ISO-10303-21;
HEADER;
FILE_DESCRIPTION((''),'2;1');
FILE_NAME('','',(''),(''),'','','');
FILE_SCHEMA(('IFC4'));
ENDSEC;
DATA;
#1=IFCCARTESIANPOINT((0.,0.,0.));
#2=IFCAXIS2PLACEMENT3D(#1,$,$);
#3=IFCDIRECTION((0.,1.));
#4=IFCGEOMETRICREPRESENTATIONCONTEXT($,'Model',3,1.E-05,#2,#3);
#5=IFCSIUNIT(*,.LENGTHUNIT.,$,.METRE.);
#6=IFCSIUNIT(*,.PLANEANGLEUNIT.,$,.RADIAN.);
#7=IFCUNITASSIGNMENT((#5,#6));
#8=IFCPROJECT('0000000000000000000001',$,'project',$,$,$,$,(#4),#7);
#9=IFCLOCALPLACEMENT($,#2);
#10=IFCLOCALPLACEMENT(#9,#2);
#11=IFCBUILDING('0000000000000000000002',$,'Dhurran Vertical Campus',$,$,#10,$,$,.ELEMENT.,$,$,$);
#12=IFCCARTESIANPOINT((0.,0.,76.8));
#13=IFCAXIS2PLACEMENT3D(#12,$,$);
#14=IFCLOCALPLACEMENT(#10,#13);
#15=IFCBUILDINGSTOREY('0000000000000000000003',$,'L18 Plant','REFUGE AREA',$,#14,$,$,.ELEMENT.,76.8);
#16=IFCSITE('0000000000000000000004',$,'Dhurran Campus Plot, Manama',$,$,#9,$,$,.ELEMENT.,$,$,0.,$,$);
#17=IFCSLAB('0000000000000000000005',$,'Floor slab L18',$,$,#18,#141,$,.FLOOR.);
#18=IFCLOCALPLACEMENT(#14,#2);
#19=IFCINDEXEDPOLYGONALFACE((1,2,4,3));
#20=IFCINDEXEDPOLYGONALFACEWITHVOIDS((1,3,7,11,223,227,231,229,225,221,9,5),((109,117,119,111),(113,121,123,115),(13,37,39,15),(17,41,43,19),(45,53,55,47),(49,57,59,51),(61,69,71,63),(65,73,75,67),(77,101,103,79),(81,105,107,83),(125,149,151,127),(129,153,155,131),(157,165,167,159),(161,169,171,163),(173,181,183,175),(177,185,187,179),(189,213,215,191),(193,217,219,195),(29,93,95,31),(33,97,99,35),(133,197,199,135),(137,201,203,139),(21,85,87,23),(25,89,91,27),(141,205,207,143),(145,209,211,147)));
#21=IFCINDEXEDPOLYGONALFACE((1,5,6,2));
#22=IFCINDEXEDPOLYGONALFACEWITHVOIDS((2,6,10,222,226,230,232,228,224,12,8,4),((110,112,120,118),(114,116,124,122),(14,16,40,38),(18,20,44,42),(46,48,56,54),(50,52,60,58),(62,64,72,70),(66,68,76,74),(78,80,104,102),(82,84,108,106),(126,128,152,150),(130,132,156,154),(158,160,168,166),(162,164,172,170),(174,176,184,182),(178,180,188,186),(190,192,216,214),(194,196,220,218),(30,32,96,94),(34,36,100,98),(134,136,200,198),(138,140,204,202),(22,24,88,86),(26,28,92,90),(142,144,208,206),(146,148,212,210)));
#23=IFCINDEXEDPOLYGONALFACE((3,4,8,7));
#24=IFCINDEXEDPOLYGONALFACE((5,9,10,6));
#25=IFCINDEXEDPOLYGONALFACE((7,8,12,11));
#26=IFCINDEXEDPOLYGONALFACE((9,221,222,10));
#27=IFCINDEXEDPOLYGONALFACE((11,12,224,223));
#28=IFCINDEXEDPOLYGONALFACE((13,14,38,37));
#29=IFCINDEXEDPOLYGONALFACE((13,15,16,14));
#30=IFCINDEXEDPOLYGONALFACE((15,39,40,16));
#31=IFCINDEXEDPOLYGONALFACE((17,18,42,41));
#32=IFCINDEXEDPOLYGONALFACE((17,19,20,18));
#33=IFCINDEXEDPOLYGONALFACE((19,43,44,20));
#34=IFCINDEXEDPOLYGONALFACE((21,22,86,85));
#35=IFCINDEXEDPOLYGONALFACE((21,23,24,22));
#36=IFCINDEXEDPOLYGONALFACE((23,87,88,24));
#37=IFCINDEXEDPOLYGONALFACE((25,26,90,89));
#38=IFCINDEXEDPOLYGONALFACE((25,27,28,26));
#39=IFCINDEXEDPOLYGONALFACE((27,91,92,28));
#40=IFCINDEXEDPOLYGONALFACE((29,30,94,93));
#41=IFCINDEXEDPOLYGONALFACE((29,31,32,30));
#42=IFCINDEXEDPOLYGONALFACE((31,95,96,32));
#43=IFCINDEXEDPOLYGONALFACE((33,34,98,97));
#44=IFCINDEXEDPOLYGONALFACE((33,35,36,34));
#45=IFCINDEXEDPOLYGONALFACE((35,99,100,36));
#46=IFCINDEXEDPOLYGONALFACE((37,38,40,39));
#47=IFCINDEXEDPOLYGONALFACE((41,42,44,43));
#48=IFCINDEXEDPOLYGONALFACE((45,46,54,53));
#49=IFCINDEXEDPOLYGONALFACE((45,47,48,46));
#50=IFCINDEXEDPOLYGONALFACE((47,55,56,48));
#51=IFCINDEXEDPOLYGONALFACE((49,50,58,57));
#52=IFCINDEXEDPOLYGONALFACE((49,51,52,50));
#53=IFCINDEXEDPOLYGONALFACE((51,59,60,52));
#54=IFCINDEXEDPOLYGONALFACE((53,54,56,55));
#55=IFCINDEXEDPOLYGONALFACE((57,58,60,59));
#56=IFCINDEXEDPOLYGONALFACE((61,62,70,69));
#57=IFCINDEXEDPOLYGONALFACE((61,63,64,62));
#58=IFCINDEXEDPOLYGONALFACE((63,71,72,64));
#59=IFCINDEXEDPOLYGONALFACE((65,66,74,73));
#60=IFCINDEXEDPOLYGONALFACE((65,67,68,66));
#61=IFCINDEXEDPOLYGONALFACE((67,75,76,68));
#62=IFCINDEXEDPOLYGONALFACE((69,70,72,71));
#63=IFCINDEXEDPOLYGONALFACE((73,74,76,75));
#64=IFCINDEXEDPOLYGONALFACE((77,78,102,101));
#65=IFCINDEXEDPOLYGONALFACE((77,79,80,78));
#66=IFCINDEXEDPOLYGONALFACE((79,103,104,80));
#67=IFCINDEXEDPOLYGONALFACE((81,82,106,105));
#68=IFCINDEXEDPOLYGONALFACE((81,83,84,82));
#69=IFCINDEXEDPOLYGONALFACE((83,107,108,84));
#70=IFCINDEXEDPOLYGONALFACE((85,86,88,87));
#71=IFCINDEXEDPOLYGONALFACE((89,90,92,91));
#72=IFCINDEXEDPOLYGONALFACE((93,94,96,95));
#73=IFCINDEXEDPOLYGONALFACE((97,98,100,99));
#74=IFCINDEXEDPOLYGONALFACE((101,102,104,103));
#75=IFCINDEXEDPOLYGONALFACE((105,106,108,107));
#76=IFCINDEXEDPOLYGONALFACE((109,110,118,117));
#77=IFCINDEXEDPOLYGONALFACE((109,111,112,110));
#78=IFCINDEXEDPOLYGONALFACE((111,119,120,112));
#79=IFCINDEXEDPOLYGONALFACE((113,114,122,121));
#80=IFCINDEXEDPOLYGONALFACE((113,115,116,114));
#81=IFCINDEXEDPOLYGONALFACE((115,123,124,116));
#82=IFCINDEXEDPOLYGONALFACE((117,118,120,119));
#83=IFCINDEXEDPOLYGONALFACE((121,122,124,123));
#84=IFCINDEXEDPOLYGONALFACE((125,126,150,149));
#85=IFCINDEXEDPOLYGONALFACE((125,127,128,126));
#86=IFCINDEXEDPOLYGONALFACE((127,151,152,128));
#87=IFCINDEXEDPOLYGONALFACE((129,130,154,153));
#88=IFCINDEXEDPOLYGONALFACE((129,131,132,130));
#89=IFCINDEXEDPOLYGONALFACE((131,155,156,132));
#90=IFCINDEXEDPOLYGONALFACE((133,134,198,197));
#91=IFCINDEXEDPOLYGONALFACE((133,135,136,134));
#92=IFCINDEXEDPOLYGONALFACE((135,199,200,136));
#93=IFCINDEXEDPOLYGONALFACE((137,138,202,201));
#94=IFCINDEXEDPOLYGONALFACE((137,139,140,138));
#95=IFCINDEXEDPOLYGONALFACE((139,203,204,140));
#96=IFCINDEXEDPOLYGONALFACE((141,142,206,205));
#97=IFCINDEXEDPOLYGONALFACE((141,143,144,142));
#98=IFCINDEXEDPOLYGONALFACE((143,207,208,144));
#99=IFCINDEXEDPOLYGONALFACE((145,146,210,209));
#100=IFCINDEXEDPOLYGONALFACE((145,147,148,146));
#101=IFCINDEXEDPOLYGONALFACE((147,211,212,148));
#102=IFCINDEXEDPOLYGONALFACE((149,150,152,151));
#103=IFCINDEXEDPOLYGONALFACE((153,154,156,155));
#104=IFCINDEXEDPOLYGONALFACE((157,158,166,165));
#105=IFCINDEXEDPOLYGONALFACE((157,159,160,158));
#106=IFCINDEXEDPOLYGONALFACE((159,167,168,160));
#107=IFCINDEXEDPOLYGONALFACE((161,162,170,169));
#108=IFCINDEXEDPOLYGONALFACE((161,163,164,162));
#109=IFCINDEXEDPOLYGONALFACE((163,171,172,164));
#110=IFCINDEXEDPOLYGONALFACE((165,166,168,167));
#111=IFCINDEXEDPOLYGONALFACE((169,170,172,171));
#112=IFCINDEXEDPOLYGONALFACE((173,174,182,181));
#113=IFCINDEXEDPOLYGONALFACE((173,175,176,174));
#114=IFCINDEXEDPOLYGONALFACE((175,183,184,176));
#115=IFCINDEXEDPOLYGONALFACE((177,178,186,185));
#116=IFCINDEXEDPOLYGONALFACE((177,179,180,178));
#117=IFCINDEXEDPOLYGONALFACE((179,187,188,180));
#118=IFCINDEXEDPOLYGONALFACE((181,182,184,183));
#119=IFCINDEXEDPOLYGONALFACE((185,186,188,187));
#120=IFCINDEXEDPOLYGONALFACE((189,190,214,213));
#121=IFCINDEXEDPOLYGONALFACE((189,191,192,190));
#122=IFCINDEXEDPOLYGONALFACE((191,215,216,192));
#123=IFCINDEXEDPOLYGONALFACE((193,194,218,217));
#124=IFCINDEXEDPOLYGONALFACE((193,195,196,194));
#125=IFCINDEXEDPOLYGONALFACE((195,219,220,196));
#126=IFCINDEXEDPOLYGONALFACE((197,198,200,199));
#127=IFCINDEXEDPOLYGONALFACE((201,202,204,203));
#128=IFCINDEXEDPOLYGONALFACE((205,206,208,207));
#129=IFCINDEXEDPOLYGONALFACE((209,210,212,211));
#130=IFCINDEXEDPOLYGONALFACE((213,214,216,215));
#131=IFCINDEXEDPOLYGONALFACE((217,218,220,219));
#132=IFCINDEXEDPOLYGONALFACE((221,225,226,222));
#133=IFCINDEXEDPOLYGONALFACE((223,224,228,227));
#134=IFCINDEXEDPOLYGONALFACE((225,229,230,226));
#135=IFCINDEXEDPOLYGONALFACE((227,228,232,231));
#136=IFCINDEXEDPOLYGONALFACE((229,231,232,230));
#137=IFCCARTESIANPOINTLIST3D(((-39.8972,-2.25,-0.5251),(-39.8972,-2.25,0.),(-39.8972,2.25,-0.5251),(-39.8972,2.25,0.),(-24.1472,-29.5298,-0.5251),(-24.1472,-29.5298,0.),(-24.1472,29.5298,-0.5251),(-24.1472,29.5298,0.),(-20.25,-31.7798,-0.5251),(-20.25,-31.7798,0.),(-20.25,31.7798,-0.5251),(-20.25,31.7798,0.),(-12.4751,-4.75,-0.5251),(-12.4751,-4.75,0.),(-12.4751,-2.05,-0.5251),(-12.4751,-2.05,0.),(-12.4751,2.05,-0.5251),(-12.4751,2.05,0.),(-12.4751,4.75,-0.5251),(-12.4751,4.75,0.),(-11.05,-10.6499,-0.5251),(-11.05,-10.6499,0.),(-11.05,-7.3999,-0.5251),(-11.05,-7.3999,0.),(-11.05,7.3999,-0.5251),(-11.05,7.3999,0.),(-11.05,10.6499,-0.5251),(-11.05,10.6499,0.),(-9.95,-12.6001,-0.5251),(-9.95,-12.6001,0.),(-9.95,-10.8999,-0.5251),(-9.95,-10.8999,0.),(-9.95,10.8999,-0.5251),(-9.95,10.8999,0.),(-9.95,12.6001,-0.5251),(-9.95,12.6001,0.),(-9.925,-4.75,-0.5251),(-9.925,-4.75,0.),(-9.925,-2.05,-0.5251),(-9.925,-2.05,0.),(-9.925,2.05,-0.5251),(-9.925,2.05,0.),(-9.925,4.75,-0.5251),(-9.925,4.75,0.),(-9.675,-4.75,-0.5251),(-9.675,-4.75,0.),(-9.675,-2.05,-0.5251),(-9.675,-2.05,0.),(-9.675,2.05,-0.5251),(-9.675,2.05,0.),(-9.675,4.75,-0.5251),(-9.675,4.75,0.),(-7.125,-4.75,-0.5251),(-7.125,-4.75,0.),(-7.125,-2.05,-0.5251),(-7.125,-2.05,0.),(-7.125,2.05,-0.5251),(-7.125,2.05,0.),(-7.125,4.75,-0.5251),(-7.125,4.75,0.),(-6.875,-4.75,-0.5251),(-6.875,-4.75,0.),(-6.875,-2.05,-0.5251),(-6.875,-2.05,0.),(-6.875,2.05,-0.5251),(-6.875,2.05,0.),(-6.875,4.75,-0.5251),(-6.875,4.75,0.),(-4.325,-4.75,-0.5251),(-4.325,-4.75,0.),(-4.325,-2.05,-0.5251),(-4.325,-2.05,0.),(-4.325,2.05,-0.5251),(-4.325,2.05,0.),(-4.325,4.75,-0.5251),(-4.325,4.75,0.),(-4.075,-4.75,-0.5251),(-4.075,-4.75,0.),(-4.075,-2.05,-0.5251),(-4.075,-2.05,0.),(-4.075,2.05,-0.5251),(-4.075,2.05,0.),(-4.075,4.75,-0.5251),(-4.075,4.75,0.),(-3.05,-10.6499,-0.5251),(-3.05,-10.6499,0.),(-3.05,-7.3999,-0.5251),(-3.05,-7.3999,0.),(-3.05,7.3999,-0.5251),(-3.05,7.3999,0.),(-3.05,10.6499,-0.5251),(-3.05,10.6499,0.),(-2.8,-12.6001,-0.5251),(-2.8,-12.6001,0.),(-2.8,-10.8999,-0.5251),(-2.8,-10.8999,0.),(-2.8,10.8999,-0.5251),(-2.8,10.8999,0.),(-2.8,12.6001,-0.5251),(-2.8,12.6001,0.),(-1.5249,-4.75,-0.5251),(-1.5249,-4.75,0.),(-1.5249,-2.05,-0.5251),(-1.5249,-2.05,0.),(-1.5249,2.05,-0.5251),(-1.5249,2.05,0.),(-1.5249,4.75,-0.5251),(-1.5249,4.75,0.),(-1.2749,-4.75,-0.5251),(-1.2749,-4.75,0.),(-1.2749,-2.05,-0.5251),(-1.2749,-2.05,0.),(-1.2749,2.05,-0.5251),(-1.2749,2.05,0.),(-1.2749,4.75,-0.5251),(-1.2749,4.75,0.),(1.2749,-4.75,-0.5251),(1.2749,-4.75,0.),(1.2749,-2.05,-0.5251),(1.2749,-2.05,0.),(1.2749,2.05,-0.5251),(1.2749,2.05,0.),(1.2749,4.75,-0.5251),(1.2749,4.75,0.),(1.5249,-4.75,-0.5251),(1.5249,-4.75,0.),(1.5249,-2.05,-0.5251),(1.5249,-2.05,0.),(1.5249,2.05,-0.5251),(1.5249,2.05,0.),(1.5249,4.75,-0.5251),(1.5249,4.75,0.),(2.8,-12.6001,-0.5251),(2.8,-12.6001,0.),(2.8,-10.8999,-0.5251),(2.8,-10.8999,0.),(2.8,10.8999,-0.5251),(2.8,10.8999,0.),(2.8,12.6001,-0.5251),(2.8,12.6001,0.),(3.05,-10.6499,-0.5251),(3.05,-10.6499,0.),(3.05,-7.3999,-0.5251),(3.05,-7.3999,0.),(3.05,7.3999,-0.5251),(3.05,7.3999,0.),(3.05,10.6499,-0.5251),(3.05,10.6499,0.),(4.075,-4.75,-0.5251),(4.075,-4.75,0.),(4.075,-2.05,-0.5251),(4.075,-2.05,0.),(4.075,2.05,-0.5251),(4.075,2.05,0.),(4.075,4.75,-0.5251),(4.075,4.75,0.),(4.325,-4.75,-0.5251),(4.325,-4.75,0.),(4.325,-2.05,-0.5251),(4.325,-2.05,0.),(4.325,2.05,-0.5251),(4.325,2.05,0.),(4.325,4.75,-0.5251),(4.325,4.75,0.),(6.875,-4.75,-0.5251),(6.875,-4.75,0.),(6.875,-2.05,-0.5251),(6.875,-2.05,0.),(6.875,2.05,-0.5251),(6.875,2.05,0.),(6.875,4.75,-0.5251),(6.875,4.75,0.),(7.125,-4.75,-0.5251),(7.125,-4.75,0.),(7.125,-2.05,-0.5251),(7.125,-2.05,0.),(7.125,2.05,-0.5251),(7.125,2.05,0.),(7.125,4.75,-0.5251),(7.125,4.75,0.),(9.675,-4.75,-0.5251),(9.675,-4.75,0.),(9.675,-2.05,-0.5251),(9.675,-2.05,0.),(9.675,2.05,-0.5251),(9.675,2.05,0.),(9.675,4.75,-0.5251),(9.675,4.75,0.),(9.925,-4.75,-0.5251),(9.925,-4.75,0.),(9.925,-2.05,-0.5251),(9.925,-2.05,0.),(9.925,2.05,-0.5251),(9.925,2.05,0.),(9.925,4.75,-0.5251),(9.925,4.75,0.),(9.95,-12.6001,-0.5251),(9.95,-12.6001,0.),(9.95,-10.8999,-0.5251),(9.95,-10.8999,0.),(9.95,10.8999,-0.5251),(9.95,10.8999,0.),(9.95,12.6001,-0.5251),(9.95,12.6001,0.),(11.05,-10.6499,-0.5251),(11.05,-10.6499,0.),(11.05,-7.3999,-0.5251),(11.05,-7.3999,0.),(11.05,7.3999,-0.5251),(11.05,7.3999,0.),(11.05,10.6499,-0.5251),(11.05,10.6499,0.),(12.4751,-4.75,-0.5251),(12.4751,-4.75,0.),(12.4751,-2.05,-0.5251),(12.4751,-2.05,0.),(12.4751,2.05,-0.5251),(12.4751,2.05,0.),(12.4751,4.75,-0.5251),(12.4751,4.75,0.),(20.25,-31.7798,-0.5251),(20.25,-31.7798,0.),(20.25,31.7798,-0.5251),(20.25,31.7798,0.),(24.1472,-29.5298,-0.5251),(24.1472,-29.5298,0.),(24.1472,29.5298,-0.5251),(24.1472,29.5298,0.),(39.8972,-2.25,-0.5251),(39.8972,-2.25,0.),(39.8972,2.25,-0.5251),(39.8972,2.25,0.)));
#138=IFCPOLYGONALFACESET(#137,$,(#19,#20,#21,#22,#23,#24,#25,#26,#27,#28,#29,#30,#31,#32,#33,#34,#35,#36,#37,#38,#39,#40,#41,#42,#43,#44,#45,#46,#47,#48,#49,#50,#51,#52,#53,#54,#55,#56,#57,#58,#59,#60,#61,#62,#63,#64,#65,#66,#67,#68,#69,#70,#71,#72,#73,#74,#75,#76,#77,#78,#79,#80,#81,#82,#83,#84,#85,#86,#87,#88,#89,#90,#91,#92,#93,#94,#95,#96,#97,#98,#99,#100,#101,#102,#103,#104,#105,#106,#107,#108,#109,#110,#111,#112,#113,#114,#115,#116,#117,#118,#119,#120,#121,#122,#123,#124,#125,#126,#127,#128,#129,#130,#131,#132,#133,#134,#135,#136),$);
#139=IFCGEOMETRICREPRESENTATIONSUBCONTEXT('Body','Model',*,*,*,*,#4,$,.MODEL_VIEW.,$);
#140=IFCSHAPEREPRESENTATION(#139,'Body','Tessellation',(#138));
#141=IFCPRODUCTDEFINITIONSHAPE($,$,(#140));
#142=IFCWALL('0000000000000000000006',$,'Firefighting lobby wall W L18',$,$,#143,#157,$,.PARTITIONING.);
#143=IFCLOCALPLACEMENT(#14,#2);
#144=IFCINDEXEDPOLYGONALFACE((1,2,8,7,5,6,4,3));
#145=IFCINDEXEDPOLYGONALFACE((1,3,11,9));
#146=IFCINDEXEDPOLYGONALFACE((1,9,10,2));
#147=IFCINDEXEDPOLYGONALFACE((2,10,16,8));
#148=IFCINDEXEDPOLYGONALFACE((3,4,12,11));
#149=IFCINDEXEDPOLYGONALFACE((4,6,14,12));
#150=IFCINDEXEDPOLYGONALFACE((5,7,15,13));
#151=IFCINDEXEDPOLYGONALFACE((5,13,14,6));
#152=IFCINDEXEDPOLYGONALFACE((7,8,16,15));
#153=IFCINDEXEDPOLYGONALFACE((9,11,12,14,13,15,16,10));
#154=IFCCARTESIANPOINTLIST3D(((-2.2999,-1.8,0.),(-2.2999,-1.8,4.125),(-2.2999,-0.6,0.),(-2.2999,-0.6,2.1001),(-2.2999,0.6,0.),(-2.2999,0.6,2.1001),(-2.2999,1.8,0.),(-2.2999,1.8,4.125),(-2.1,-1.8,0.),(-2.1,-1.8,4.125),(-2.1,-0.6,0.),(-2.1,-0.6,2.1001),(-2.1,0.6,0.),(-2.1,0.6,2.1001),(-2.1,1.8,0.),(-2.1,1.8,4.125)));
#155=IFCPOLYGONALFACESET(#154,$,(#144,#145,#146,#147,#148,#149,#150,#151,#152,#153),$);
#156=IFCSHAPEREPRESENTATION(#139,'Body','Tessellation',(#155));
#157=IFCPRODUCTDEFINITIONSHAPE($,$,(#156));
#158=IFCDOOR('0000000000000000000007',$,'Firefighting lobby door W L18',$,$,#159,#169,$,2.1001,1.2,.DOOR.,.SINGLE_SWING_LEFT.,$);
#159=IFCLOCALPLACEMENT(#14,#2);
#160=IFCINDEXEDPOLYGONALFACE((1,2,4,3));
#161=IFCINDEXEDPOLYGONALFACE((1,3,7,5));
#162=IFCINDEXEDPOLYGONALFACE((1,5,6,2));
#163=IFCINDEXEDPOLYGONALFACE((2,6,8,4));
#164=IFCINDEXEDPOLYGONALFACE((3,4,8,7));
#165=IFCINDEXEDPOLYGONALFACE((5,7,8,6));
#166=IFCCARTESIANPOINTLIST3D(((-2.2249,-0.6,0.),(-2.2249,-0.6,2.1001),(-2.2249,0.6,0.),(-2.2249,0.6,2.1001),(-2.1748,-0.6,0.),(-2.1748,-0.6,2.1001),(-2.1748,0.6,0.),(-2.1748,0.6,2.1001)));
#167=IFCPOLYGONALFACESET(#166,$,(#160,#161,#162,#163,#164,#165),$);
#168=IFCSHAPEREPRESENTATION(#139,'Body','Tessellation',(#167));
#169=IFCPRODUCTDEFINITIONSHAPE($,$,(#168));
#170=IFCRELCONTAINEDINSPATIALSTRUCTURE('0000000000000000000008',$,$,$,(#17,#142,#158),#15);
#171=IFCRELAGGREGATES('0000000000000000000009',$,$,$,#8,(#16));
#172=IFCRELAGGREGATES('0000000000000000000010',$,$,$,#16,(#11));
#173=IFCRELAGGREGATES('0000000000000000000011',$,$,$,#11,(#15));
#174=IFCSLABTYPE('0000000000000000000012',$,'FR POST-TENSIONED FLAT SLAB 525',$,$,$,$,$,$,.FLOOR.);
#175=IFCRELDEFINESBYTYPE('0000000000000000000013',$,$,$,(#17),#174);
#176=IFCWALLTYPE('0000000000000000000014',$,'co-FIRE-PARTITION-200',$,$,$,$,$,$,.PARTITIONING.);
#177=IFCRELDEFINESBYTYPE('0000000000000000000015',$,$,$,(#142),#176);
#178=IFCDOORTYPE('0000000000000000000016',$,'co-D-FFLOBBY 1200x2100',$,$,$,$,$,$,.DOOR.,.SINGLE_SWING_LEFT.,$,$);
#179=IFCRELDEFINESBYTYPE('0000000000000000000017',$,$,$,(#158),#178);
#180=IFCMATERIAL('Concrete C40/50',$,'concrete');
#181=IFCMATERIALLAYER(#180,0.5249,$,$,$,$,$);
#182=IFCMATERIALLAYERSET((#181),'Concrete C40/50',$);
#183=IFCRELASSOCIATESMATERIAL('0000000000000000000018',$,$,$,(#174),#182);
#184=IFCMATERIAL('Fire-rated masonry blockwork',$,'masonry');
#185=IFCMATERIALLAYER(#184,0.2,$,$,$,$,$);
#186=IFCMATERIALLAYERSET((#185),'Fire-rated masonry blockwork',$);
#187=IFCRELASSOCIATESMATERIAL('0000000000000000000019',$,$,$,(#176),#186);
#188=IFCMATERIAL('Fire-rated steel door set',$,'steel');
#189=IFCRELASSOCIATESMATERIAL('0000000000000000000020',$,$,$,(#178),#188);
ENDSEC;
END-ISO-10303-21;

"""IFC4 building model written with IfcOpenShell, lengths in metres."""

from ifc_helpers import new_model, si_unit, direction, frame, frame_2d, origin, place, context, subcontext, project, spatial, polyline, rectangle, outline, extrude, material, layer, layer_set, type_object, element, fill, save


model = new_model("IFC4")

# Units and contexts
model_context = context("Model", 3, precision=1e-05, world=origin(), true_north=direction((0.0, 1.0)))
body_context = subcontext(model_context, "Body", "Model", "MODEL_VIEW")
ifc_project = project(units=[si_unit("LENGTHUNIT", "METRE"), si_unit("PLANEANGLEUNIT", "RADIAN")], contexts=[model_context])

# Site, building, storey
site_placement = place(None, origin())
site = spatial("IfcSite", under=ifc_project, at=site_placement, Name="Dhurran Campus Plot, Manama", CompositionType="ELEMENT", RefElevation=0.0)
building_placement = place(site_placement, origin())
building = spatial("IfcBuilding", under=site, at=building_placement, Name="Dhurran Vertical Campus", CompositionType="ELEMENT")
storey_placement = place(building_placement, frame((0.0, 0.0, 76.8)))
storey = spatial("IfcBuildingStorey", under=building, at=storey_placement, Name="L18 Plant", Description="REFUGE AREA", CompositionType="ELEMENT", Elevation=76.8)

# Slab
ifc_material_1 = material(Name="Concrete C40/50", Category="concrete")
ifc_layer_1 = layer(ifc_material_1, 0.5249)
ifc_layer_set_1 = layer_set([ifc_layer_1], Name="Concrete C40/50")
slab_type = type_object("IfcSlabType", Name="FR POST-TENSIONED FLAT SLAB 525", PredefinedType="FLOOR", material=ifc_layer_set_1)
slab_placement = place(storey_placement, frame((0.0, 0.0, -0.5251)))
element("IfcSlab", 1, at=slab_placement, inside=storey, type_object=slab_type, Name="Floor slab L18", PredefinedType="FLOOR", context=body_context, shape_type="SweptSolid", body=[
    extrude(outline(polyline([(-20.25, -31.7798), (20.25, -31.7798), (24.1472, -29.5298), (39.8972, -2.25), (39.8972, 2.25), (24.1472, 29.5298), (20.25, 31.7798), (-20.25, 31.7798), (-24.1472, 29.5298), (-39.8972, 2.25), (-39.8972, -2.25), (-24.1472, -29.5298), (-20.25, -31.7798)]), holes=[polyline([(-12.4751, 2.05), (-9.925, 2.05), (-9.925, 4.75), (-12.4751, 4.75), (-12.4751, 2.05)]), polyline([(-9.675, 2.05), (-7.125, 2.05), (-7.125, 4.75), (-9.675, 4.75), (-9.675, 2.05)]), polyline([(-6.875, 2.05), (-4.325, 2.05), (-4.325, 4.75), (-6.875, 4.75), (-6.875, 2.05)]), polyline([(-1.2749, 2.05), (1.2749, 2.05), (1.2749, 4.75), (-1.2749, 4.75), (-1.2749, 2.05)]), polyline([(9.925, 2.05), (12.4751, 2.05), (12.4751, 4.75), (9.925, 4.75), (9.925, 2.05)]), polyline([(-1.2749, -4.75), (1.2749, -4.75), (1.2749, -2.05), (-1.2749, -2.05), (-1.2749, -4.75)]), polyline([(1.5249, -4.75), (4.075, -4.75), (4.075, -2.05), (1.5249, -2.05), (1.5249, -4.75)]), polyline([(4.325, -4.75), (6.875, -4.75), (6.875, -2.05), (4.325, -2.05), (4.325, -4.75)]), polyline([(7.125, -4.75), (9.675, -4.75), (9.675, -2.05), (7.125, -2.05), (7.125, -4.75)]), polyline([(9.925, -4.75), (12.4751, -4.75), (12.4751, -2.05), (9.925, -2.05), (9.925, -4.75)]), polyline([(-4.075, 2.05), (-1.5249, 2.05), (-1.5249, 4.75), (-4.075, 4.75), (-4.075, 2.05)]), polyline([(1.5249, 2.05), (4.075, 2.05), (4.075, 4.75), (1.5249, 4.75), (1.5249, 2.05)]), polyline([(4.325, 2.05), (6.875, 2.05), (6.875, 4.75), (4.325, 4.75), (4.325, 2.05)]), polyline([(7.125, 2.05), (9.675, 2.05), (9.675, 4.75), (7.125, 4.75), (7.125, 2.05)]), polyline([(-12.4751, -4.75), (-9.925, -4.75), (-9.925, -2.05), (-12.4751, -2.05), (-12.4751, -4.75)]), polyline([(-9.675, -4.75), (-7.125, -4.75), (-7.125, -2.05), (-9.675, -2.05), (-9.675, -4.75)]), polyline([(-6.875, -4.75), (-4.325, -4.75), (-4.325, -2.05), (-6.875, -2.05), (-6.875, -4.75)]), polyline([(-4.075, -4.75), (-1.5249, -4.75), (-1.5249, -2.05), (-4.075, -2.05), (-4.075, -4.75)]), polyline([(-11.05, 7.3999), (-3.05, 7.3999), (-3.05, 10.6499), (-11.05, 10.6499), (-11.05, 7.3999)]), polyline([(3.05, 7.3999), (11.05, 7.3999), (11.05, 10.6499), (3.05, 10.6499), (3.05, 7.3999)]), polyline([(-11.05, -10.6499), (-3.05, -10.6499), (-3.05, -7.3999), (-11.05, -7.3999), (-11.05, -10.6499)]), polyline([(3.05, -10.6499), (11.05, -10.6499), (11.05, -7.3999), (3.05, -7.3999), (3.05, -10.6499)]), polyline([(-9.95, 10.8999), (-9.95, 12.6001), (-2.8, 12.6001), (-2.8, 10.8999), (-9.95, 10.8999)]), polyline([(9.95, 12.6001), (9.95, 10.8999), (2.8, 10.8999), (2.8, 12.6001), (9.95, 12.6001)]), polyline([(-9.95, -12.6001), (-9.95, -10.8999), (-2.8, -10.8999), (-2.8, -12.6001), (-9.95, -12.6001)]), polyline([(9.95, -10.8999), (9.95, -12.6001), (2.8, -12.6001), (2.8, -10.8999), (9.95, -10.8999)])]), origin(), (0.0, 0.0, 1.0), 0.5251),
])

# Wall, opening, door
ifc_material_2 = material(Name="Fire-rated masonry blockwork", Category="masonry")
ifc_layer_2 = layer(ifc_material_2, 0.2)
ifc_layer_set_2 = layer_set([ifc_layer_2], Name="Fire-rated masonry blockwork")
wall_type_1 = type_object("IfcWallType", Name="co-FIRE-PARTITION-200", PredefinedType="PARTITIONING", material=ifc_layer_set_2)
wall_1_placement = place(storey_placement, frame((-2.2, -1.8, 0.0), z_axis=(0.0, 0.0, 1.0), x_axis=(0.0, 1.0, 0.0)))
wall_1 = element("IfcWall", 2, at=wall_1_placement, inside=storey, type_object=wall_type_1, Name="Firefighting lobby wall W L18", PredefinedType="PARTITIONING", context=body_context, shape_type="SweptSolid", body=[
    extrude(rectangle(XDim=3.6001, YDim=0.2, at=frame_2d((1.8, 0.0))), origin(), (0.0, 0.0, 1.0), 4.125),
])
opening_1_placement = place(wall_1_placement, frame((1.2, 0.0, 0.0)))
opening_1 = element("IfcOpeningElement", 3, at=opening_1_placement, cuts=wall_1, PredefinedType="OPENING", context=body_context, shape_type="SweptSolid", body=[
    extrude(rectangle(XDim=1.2, YDim=2.1001, at=frame_2d((0.6001, 1.05))), frame((0.0, 0.1099, 0.0), z_axis=(0.0, -1.0, 0.0), x_axis=(1.0, 0.0, 0.0)), (0.0, 0.0, 1.0), 0.22),
])
ifc_material_3 = material(Name="Fire-rated steel door set", Category="steel")
door_type_1 = type_object("IfcDoorType", Name="co-D-FFLOBBY 1200x2100", OperationType="SINGLE_SWING_LEFT", PredefinedType="DOOR", material=ifc_material_3)
door_1_placement = place(opening_1_placement, origin())
door_1 = element("IfcDoor", 4, at=door_1_placement, inside=storey, type_object=door_type_1, Name="Firefighting lobby door W L18", OperationType="SINGLE_SWING_LEFT", OverallHeight=2.1001, OverallWidth=1.2, PredefinedType="DOOR", context=body_context, shape_type="SweptSolid", body=[
    extrude(rectangle(XDim=1.2, YDim=2.1001, at=frame_2d((0.6001, 1.05))), frame((0.0, 0.0249, 0.0), z_axis=(0.0, -1.0, 0.0), x_axis=(1.0, 0.0, 0.0)), (0.0, 0.0, 1.0), 0.05),
])
fill(opening_1, door_1)

save(model, "model.ifc")
